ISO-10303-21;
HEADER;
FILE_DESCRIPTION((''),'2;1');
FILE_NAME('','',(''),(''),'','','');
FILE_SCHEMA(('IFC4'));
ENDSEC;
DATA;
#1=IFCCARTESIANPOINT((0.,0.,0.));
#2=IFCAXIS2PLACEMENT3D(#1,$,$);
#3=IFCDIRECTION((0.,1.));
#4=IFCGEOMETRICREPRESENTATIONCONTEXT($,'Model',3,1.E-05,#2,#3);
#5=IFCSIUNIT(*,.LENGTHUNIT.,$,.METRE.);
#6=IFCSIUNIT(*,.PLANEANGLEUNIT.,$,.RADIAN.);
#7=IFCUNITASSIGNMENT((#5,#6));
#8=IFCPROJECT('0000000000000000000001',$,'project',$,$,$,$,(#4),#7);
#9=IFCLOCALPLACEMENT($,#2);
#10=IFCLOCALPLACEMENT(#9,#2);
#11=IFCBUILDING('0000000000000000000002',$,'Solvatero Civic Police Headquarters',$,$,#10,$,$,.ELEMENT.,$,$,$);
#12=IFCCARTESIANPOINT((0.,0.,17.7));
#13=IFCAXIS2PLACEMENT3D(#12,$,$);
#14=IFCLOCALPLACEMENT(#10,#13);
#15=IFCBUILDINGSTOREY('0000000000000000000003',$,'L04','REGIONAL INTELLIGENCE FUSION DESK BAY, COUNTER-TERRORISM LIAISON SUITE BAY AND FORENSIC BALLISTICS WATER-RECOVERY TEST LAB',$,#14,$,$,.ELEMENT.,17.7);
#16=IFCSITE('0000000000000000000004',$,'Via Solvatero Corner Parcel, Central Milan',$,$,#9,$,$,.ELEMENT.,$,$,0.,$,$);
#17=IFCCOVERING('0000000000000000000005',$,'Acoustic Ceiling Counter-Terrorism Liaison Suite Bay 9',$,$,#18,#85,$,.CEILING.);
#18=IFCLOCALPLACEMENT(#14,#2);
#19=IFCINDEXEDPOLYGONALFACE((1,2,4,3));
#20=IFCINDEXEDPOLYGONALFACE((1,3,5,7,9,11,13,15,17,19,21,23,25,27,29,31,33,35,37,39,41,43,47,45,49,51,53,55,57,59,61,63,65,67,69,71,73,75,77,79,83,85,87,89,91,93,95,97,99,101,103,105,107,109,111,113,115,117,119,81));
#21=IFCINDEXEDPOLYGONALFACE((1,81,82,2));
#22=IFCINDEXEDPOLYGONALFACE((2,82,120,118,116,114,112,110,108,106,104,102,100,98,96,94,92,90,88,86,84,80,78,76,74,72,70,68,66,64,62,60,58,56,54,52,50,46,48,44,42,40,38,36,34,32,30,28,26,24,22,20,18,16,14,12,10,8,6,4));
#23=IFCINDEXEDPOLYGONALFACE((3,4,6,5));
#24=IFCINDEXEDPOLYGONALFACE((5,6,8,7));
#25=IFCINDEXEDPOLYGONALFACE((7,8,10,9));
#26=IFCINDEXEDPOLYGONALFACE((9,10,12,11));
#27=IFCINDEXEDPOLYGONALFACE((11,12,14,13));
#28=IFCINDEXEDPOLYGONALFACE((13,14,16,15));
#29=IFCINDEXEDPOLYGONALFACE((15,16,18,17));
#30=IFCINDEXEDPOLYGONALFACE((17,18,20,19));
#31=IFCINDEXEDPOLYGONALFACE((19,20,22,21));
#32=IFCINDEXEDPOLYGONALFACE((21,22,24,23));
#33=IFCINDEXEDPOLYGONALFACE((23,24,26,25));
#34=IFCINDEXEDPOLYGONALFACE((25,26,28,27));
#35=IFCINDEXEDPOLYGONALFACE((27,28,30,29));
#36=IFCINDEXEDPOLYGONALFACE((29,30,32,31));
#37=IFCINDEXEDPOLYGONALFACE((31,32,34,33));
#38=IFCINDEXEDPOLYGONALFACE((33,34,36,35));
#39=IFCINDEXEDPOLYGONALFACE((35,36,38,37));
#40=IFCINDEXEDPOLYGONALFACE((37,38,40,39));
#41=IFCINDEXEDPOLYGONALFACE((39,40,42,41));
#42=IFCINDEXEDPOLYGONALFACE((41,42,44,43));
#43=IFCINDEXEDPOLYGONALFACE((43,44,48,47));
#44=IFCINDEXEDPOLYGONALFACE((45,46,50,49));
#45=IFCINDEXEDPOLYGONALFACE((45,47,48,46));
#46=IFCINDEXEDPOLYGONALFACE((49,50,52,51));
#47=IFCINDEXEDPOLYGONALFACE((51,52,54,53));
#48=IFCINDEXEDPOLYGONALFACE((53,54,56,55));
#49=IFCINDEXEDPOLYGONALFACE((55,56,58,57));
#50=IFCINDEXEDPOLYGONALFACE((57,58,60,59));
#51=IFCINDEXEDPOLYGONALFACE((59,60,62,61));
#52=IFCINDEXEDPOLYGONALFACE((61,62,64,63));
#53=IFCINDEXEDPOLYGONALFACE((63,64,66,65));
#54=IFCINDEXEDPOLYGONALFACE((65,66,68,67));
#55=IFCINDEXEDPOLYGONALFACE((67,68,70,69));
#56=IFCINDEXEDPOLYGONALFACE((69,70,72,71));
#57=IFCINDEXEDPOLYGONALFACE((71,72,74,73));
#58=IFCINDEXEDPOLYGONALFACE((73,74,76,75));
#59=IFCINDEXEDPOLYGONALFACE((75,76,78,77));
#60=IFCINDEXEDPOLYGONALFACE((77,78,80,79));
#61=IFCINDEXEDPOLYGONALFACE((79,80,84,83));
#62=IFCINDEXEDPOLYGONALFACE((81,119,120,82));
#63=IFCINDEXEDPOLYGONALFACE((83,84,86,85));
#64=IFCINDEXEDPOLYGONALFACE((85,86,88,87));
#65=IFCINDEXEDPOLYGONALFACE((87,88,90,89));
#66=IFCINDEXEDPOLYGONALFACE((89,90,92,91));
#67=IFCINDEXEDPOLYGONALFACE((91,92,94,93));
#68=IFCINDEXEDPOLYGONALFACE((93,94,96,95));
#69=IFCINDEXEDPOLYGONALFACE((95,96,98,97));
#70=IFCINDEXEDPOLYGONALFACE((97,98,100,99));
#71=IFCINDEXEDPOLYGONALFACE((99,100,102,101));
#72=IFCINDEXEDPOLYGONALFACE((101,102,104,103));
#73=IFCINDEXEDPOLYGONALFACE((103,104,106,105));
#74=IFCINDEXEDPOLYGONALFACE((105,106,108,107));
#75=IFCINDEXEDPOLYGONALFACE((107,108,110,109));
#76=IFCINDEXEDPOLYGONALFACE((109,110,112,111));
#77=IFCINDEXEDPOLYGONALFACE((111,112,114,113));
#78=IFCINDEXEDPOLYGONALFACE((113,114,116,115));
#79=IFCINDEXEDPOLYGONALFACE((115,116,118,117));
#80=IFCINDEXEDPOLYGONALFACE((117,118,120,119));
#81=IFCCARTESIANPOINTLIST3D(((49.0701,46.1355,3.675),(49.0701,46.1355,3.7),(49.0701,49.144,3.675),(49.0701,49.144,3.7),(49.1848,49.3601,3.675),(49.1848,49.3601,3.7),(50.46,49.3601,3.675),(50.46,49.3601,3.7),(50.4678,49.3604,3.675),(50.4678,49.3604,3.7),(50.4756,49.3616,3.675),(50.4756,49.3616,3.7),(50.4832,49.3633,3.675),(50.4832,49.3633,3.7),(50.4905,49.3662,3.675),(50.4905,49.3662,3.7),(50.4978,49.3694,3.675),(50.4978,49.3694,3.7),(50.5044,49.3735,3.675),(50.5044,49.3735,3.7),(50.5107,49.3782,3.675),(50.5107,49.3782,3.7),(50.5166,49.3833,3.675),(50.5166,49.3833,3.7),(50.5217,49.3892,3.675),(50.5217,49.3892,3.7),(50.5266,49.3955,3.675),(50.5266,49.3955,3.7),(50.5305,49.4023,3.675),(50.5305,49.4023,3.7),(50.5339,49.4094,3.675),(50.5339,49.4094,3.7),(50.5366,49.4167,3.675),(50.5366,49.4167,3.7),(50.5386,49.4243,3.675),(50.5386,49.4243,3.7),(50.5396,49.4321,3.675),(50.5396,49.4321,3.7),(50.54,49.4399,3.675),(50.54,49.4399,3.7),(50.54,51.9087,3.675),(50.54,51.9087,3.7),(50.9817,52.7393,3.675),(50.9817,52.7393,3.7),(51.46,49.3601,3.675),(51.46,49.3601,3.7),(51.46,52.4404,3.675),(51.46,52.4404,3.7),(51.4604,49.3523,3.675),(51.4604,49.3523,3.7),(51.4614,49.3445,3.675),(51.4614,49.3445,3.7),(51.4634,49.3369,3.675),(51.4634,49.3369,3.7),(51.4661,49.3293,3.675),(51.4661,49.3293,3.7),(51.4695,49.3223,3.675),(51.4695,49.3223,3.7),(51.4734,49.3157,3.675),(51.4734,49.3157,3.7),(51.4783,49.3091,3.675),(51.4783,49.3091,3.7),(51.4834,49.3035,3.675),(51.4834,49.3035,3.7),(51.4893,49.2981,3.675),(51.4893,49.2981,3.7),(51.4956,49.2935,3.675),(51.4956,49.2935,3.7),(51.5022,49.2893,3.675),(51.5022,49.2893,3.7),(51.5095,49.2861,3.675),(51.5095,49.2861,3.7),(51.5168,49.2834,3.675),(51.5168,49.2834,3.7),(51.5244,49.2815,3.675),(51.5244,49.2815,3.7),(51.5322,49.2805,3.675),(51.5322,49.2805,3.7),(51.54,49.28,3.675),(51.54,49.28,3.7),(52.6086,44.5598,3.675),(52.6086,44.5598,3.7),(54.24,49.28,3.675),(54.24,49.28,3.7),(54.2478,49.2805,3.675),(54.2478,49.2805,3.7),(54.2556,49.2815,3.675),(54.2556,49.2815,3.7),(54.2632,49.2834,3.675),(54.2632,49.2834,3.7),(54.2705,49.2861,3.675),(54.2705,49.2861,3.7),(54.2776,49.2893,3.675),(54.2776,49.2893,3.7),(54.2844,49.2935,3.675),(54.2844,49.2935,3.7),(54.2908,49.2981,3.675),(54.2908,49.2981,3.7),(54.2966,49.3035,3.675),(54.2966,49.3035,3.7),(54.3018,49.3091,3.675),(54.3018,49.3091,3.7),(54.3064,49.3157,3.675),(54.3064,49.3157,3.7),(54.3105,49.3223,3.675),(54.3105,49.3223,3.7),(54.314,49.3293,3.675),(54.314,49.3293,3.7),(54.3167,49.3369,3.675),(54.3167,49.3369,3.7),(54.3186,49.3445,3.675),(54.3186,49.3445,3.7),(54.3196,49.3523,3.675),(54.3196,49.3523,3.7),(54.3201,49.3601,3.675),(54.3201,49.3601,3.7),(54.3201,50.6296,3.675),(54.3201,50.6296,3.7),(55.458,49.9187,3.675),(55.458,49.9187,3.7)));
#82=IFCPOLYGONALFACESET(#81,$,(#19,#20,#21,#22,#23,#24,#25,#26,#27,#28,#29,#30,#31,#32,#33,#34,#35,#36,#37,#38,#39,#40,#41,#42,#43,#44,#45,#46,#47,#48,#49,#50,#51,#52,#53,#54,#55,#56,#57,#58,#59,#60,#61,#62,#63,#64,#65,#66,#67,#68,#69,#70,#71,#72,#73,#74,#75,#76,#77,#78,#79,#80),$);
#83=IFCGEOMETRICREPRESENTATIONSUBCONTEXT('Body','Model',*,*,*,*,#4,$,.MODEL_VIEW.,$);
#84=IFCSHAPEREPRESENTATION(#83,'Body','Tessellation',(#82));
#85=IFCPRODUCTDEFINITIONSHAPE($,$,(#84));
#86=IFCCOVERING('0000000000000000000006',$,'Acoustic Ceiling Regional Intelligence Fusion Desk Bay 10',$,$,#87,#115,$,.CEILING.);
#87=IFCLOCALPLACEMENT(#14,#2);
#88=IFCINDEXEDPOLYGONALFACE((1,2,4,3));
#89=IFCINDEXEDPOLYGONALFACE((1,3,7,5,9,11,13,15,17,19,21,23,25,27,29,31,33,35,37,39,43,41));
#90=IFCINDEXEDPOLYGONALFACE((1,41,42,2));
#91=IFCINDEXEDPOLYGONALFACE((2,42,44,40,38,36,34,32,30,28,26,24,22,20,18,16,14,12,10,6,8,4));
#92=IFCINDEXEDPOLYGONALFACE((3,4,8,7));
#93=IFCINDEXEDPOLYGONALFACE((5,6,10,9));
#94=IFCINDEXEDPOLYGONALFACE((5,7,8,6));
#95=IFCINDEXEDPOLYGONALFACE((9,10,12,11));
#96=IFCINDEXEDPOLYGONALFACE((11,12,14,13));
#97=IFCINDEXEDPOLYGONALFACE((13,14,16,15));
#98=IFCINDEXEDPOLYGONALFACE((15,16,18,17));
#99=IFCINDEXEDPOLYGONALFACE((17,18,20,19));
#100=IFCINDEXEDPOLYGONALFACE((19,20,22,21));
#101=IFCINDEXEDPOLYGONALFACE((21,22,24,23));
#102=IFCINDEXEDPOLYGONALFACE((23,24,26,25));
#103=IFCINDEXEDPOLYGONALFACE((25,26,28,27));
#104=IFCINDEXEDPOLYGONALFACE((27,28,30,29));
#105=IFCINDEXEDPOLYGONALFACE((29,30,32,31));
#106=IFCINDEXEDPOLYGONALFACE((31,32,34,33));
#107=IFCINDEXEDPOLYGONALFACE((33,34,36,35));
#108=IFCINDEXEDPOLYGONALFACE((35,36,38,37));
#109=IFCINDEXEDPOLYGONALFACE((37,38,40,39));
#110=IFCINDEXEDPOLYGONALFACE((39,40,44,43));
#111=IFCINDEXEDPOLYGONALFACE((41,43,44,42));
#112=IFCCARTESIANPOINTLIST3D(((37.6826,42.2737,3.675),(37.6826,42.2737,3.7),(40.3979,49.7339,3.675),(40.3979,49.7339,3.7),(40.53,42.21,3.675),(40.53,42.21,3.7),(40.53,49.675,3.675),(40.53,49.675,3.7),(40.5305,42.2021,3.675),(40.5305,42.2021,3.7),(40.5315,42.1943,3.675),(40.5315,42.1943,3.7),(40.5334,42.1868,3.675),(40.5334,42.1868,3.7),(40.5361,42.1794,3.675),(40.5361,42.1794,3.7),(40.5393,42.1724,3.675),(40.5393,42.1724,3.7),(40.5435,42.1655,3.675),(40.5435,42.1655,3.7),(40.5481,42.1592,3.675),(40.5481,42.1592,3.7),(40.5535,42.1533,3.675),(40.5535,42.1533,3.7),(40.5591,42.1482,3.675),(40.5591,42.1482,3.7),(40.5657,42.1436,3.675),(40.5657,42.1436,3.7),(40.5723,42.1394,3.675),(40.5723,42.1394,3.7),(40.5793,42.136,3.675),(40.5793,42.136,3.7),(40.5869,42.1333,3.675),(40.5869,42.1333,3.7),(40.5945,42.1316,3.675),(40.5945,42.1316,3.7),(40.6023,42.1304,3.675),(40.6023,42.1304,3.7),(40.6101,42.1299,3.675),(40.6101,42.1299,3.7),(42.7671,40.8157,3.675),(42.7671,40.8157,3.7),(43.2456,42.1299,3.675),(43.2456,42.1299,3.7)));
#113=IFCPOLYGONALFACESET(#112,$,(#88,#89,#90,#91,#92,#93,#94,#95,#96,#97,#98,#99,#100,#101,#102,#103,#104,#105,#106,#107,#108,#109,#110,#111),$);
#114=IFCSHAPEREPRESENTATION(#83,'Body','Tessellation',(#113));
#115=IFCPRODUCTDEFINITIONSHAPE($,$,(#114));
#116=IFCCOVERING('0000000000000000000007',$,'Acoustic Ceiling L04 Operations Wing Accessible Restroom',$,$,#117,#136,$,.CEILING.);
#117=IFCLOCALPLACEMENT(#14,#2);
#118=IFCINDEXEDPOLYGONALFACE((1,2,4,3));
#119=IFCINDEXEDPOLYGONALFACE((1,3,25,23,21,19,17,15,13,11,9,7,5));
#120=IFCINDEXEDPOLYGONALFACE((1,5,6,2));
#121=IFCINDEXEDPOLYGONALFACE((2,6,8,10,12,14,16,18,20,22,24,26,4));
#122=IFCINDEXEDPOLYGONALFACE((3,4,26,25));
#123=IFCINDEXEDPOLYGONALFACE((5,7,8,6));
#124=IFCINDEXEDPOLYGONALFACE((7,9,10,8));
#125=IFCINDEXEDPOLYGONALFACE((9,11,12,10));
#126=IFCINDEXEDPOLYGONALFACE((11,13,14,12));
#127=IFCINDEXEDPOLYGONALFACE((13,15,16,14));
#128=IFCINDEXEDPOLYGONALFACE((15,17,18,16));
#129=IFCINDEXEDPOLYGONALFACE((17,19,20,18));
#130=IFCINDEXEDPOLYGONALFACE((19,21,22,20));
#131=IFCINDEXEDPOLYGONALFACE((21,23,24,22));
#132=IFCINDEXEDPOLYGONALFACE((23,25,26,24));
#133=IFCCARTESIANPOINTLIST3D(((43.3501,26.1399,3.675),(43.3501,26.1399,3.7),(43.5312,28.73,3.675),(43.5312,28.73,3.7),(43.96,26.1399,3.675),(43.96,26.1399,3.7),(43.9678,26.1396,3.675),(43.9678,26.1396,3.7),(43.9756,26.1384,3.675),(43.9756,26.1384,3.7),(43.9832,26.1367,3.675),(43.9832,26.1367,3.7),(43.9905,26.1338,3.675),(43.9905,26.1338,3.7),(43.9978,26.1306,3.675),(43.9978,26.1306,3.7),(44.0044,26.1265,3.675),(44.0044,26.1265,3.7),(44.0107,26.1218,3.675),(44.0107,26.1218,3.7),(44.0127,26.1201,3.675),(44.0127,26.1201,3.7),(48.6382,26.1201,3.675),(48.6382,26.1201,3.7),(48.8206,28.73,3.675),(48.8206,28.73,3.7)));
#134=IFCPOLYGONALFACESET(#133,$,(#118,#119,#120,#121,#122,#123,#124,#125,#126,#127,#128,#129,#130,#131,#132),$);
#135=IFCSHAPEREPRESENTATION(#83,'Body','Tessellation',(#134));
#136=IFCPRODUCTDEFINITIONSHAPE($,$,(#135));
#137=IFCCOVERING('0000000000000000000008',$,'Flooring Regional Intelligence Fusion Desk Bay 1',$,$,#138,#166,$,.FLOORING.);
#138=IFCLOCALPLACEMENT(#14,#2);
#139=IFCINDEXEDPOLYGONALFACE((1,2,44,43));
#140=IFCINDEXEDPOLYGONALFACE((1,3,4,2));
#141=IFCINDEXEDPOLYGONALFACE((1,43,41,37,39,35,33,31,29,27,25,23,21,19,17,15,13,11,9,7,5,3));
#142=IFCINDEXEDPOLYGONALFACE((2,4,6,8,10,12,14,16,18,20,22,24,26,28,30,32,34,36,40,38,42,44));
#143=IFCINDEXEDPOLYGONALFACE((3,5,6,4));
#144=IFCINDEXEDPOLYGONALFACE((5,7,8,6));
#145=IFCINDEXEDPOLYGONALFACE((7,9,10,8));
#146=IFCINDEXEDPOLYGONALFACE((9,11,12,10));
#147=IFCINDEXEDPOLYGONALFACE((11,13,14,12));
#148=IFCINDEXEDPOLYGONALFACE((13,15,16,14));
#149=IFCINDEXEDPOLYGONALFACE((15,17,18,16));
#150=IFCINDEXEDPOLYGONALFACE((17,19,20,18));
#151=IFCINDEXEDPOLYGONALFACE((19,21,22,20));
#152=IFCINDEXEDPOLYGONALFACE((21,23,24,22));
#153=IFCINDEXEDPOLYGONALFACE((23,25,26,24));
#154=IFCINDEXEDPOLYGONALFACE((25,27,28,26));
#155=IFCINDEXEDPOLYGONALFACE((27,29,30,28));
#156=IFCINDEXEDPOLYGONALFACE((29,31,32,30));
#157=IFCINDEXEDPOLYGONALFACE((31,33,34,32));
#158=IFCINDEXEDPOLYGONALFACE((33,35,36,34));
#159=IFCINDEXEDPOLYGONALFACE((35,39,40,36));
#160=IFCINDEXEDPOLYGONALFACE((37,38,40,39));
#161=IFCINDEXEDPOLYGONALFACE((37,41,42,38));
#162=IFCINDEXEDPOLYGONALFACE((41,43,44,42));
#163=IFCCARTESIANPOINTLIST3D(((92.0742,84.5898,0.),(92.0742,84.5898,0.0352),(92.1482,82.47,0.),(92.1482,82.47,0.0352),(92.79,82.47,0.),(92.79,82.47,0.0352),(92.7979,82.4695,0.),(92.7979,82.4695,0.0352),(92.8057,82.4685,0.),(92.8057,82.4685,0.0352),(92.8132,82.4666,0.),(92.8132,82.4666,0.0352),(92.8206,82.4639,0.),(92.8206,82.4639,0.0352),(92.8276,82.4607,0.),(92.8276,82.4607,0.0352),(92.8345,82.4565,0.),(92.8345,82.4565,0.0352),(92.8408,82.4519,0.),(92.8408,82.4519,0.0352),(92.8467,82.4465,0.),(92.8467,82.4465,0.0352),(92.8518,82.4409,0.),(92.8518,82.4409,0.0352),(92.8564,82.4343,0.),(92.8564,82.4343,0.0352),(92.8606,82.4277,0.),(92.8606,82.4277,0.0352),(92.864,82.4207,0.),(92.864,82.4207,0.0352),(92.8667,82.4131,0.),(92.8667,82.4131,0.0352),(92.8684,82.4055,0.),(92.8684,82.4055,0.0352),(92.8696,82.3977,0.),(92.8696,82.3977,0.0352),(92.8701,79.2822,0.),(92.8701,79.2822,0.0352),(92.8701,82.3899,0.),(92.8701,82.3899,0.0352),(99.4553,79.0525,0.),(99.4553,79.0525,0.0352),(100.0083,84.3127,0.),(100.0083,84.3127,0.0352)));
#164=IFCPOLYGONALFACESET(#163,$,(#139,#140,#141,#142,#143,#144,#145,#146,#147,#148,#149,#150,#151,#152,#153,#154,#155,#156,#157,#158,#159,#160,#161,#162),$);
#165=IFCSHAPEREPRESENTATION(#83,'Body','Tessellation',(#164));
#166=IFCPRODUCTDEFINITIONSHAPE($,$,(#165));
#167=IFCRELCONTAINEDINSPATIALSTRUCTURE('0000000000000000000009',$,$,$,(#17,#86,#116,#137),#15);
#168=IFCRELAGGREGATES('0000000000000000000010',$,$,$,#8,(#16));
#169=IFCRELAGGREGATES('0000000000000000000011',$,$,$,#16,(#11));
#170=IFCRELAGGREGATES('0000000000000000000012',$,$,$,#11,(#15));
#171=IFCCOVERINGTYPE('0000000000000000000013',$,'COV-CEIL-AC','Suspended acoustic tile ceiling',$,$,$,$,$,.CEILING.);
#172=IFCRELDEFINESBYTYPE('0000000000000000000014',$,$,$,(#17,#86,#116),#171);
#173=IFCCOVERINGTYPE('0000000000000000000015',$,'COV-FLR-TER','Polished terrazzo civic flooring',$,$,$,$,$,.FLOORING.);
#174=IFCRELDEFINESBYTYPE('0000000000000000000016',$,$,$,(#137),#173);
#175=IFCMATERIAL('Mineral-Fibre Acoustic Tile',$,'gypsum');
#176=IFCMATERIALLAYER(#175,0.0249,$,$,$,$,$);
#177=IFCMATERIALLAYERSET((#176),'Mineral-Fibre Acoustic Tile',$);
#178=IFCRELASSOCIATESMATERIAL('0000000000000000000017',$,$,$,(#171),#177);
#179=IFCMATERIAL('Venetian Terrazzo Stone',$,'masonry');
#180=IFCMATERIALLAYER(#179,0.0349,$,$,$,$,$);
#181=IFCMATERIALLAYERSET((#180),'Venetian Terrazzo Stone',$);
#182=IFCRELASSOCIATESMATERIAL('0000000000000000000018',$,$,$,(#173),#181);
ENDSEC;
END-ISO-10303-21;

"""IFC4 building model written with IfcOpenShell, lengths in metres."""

from ifc_helpers import new_model, si_unit, direction, frame, origin, place, context, subcontext, project, spatial, polyline, outline, extrude, material, layer, layer_set, type_object, element, save


model = new_model("IFC4")

# Units and contexts
model_context = context("Model", 3, precision=1e-05, world=origin(), true_north=direction((0.0, 1.0)))
body_context = subcontext(model_context, "Body", "Model", "MODEL_VIEW")
ifc_project = project(units=[si_unit("LENGTHUNIT", "METRE"), si_unit("PLANEANGLEUNIT", "RADIAN")], contexts=[model_context])

# Site, building, storey
site_placement = place(None, origin())
site = spatial("IfcSite", under=ifc_project, at=site_placement, Name="Via Solvatero Corner Parcel, Central Milan", CompositionType="ELEMENT", RefElevation=0.0)
building_placement = place(site_placement, origin())
building = spatial("IfcBuilding", under=site, at=building_placement, Name="Solvatero Civic Police Headquarters", CompositionType="ELEMENT")
storey_placement = place(building_placement, frame((0.0, 0.0, 17.7)))
storey = spatial("IfcBuildingStorey", under=building, at=storey_placement, Name="L04", Description="REGIONAL INTELLIGENCE FUSION DESK BAY, COUNTER-TERRORISM LIAISON SUITE BAY AND FORENSIC BALLISTICS WATER-RECOVERY TEST LAB", CompositionType="ELEMENT", Elevation=17.7)

# Coverings
ifc_material_1 = material(Name="Mineral-Fibre Acoustic Tile", Category="gypsum")
ifc_layer_1 = layer(ifc_material_1, 0.0249)
ifc_layer_set_1 = layer_set([ifc_layer_1], Name="Mineral-Fibre Acoustic Tile")
covering_type_1 = type_object("IfcCoveringType", Name="COV-CEIL-AC", Description="Suspended acoustic tile ceiling", PredefinedType="CEILING", material=ifc_layer_set_1)
covering_1_placement = place(storey_placement, frame((0.0, 0.0, 3.675)))
element("IfcCovering", 1, at=covering_1_placement, inside=storey, type_object=covering_type_1, Name="Acoustic Ceiling Counter-Terrorism Liaison Suite Bay 9", PredefinedType="CEILING", context=body_context, shape_type="SweptSolid", body=[
    extrude(outline(polyline([(50.9817, 52.7393), (51.46, 52.4404), (51.46, 49.3601), (51.4604, 49.3523), (51.4614, 49.3445), (51.4634, 49.3369), (51.4661, 49.3293), (51.4695, 49.3223), (51.4734, 49.3157), (51.4783, 49.3091), (51.4834, 49.3035), (51.4893, 49.2981), (51.4956, 49.2935), (51.5022, 49.2893), (51.5095, 49.2861), (51.5168, 49.2834), (51.5244, 49.2815), (51.5322, 49.2805), (51.54, 49.28), (54.24, 49.28), (54.2478, 49.2805), (54.2556, 49.2815), (54.2632, 49.2834), (54.2705, 49.2861), (54.2776, 49.2893), (54.2844, 49.2935), (54.2908, 49.2981), (54.2966, 49.3035), (54.3018, 49.3091), (54.3064, 49.3157), (54.3105, 49.3223), (54.314, 49.3293), (54.3167, 49.3369), (54.3186, 49.3445), (54.3196, 49.3523), (54.3201, 49.3601), (54.3201, 50.6296), (55.458, 49.9187), (52.6086, 44.5598), (49.0701, 46.1355), (49.0701, 49.144), (49.1848, 49.3601), (50.46, 49.3601), (50.4678, 49.3604), (50.4756, 49.3616), (50.4832, 49.3633), (50.4905, 49.3662), (50.4978, 49.3694), (50.5044, 49.3735), (50.5107, 49.3782), (50.5166, 49.3833), (50.5217, 49.3892), (50.5266, 49.3955), (50.5305, 49.4023), (50.5339, 49.4094), (50.5366, 49.4167), (50.5386, 49.4243), (50.5396, 49.4321), (50.54, 49.4399), (50.54, 51.9087), (50.9817, 52.7393)])), origin(), (0.0, 0.0, 1.0), 0.0249),
])
covering_2_placement = place(storey_placement, frame((0.0, 0.0, 3.675)))
element("IfcCovering", 2, at=covering_2_placement, inside=storey, type_object=covering_type_1, Name="Acoustic Ceiling Regional Intelligence Fusion Desk Bay 10", PredefinedType="CEILING", context=body_context, shape_type="SweptSolid", body=[
    extrude(outline(polyline([(40.53, 49.675), (40.53, 42.21), (40.5305, 42.2021), (40.5315, 42.1943), (40.5334, 42.1868), (40.5361, 42.1794), (40.5393, 42.1724), (40.5435, 42.1655), (40.5481, 42.1592), (40.5535, 42.1533), (40.5591, 42.1482), (40.5657, 42.1436), (40.5723, 42.1394), (40.5793, 42.136), (40.5869, 42.1333), (40.5945, 42.1316), (40.6023, 42.1304), (40.6101, 42.1299), (43.2456, 42.1299), (42.7671, 40.8157), (37.6826, 42.2737), (40.3979, 49.7339), (40.53, 49.675)])), origin(), (0.0, 0.0, 1.0), 0.0249),
])
covering_3_placement = place(storey_placement, frame((0.0, 0.0, 3.675)))
element("IfcCovering", 3, at=covering_3_placement, inside=storey, type_object=covering_type_1, Name="Acoustic Ceiling L04 Operations Wing Accessible Restroom", PredefinedType="CEILING", context=body_context, shape_type="SweptSolid", body=[
    extrude(outline(polyline([(44.0127, 26.1201), (44.0107, 26.1218), (44.0044, 26.1265), (43.9978, 26.1306), (43.9905, 26.1338), (43.9832, 26.1367), (43.9756, 26.1384), (43.9678, 26.1396), (43.96, 26.1399), (43.3501, 26.1399), (43.5312, 28.73), (48.8206, 28.73), (48.6382, 26.1201), (44.0127, 26.1201)])), origin(), (0.0, 0.0, 1.0), 0.0249),
])
ifc_material_2 = material(Name="Venetian Terrazzo Stone", Category="masonry")
ifc_layer_2 = layer(ifc_material_2, 0.0349)
ifc_layer_set_2 = layer_set([ifc_layer_2], Name="Venetian Terrazzo Stone")
covering_type_2 = type_object("IfcCoveringType", Name="COV-FLR-TER", Description="Polished terrazzo civic flooring", PredefinedType="FLOORING", material=ifc_layer_set_2)
covering_4_placement = place(storey_placement, origin())
element("IfcCovering", 4, at=covering_4_placement, inside=storey, type_object=covering_type_2, Name="Flooring Regional Intelligence Fusion Desk Bay 1", PredefinedType="FLOORING", context=body_context, shape_type="SweptSolid", body=[
    extrude(outline(polyline([(92.0742, 84.5898), (100.0083, 84.3127), (99.4553, 79.0525), (92.8701, 79.2822), (92.8701, 82.3899), (92.8696, 82.3977), (92.8684, 82.4055), (92.8667, 82.4131), (92.864, 82.4207), (92.8606, 82.4277), (92.8564, 82.4343), (92.8518, 82.4409), (92.8467, 82.4465), (92.8408, 82.4519), (92.8345, 82.4565), (92.8276, 82.4607), (92.8206, 82.4639), (92.8132, 82.4666), (92.8057, 82.4685), (92.7979, 82.4695), (92.79, 82.47), (92.1482, 82.47), (92.0742, 84.5898)])), origin(), (0.0, 0.0, 1.0), 0.0352),
])

save(model, "model.ifc")
